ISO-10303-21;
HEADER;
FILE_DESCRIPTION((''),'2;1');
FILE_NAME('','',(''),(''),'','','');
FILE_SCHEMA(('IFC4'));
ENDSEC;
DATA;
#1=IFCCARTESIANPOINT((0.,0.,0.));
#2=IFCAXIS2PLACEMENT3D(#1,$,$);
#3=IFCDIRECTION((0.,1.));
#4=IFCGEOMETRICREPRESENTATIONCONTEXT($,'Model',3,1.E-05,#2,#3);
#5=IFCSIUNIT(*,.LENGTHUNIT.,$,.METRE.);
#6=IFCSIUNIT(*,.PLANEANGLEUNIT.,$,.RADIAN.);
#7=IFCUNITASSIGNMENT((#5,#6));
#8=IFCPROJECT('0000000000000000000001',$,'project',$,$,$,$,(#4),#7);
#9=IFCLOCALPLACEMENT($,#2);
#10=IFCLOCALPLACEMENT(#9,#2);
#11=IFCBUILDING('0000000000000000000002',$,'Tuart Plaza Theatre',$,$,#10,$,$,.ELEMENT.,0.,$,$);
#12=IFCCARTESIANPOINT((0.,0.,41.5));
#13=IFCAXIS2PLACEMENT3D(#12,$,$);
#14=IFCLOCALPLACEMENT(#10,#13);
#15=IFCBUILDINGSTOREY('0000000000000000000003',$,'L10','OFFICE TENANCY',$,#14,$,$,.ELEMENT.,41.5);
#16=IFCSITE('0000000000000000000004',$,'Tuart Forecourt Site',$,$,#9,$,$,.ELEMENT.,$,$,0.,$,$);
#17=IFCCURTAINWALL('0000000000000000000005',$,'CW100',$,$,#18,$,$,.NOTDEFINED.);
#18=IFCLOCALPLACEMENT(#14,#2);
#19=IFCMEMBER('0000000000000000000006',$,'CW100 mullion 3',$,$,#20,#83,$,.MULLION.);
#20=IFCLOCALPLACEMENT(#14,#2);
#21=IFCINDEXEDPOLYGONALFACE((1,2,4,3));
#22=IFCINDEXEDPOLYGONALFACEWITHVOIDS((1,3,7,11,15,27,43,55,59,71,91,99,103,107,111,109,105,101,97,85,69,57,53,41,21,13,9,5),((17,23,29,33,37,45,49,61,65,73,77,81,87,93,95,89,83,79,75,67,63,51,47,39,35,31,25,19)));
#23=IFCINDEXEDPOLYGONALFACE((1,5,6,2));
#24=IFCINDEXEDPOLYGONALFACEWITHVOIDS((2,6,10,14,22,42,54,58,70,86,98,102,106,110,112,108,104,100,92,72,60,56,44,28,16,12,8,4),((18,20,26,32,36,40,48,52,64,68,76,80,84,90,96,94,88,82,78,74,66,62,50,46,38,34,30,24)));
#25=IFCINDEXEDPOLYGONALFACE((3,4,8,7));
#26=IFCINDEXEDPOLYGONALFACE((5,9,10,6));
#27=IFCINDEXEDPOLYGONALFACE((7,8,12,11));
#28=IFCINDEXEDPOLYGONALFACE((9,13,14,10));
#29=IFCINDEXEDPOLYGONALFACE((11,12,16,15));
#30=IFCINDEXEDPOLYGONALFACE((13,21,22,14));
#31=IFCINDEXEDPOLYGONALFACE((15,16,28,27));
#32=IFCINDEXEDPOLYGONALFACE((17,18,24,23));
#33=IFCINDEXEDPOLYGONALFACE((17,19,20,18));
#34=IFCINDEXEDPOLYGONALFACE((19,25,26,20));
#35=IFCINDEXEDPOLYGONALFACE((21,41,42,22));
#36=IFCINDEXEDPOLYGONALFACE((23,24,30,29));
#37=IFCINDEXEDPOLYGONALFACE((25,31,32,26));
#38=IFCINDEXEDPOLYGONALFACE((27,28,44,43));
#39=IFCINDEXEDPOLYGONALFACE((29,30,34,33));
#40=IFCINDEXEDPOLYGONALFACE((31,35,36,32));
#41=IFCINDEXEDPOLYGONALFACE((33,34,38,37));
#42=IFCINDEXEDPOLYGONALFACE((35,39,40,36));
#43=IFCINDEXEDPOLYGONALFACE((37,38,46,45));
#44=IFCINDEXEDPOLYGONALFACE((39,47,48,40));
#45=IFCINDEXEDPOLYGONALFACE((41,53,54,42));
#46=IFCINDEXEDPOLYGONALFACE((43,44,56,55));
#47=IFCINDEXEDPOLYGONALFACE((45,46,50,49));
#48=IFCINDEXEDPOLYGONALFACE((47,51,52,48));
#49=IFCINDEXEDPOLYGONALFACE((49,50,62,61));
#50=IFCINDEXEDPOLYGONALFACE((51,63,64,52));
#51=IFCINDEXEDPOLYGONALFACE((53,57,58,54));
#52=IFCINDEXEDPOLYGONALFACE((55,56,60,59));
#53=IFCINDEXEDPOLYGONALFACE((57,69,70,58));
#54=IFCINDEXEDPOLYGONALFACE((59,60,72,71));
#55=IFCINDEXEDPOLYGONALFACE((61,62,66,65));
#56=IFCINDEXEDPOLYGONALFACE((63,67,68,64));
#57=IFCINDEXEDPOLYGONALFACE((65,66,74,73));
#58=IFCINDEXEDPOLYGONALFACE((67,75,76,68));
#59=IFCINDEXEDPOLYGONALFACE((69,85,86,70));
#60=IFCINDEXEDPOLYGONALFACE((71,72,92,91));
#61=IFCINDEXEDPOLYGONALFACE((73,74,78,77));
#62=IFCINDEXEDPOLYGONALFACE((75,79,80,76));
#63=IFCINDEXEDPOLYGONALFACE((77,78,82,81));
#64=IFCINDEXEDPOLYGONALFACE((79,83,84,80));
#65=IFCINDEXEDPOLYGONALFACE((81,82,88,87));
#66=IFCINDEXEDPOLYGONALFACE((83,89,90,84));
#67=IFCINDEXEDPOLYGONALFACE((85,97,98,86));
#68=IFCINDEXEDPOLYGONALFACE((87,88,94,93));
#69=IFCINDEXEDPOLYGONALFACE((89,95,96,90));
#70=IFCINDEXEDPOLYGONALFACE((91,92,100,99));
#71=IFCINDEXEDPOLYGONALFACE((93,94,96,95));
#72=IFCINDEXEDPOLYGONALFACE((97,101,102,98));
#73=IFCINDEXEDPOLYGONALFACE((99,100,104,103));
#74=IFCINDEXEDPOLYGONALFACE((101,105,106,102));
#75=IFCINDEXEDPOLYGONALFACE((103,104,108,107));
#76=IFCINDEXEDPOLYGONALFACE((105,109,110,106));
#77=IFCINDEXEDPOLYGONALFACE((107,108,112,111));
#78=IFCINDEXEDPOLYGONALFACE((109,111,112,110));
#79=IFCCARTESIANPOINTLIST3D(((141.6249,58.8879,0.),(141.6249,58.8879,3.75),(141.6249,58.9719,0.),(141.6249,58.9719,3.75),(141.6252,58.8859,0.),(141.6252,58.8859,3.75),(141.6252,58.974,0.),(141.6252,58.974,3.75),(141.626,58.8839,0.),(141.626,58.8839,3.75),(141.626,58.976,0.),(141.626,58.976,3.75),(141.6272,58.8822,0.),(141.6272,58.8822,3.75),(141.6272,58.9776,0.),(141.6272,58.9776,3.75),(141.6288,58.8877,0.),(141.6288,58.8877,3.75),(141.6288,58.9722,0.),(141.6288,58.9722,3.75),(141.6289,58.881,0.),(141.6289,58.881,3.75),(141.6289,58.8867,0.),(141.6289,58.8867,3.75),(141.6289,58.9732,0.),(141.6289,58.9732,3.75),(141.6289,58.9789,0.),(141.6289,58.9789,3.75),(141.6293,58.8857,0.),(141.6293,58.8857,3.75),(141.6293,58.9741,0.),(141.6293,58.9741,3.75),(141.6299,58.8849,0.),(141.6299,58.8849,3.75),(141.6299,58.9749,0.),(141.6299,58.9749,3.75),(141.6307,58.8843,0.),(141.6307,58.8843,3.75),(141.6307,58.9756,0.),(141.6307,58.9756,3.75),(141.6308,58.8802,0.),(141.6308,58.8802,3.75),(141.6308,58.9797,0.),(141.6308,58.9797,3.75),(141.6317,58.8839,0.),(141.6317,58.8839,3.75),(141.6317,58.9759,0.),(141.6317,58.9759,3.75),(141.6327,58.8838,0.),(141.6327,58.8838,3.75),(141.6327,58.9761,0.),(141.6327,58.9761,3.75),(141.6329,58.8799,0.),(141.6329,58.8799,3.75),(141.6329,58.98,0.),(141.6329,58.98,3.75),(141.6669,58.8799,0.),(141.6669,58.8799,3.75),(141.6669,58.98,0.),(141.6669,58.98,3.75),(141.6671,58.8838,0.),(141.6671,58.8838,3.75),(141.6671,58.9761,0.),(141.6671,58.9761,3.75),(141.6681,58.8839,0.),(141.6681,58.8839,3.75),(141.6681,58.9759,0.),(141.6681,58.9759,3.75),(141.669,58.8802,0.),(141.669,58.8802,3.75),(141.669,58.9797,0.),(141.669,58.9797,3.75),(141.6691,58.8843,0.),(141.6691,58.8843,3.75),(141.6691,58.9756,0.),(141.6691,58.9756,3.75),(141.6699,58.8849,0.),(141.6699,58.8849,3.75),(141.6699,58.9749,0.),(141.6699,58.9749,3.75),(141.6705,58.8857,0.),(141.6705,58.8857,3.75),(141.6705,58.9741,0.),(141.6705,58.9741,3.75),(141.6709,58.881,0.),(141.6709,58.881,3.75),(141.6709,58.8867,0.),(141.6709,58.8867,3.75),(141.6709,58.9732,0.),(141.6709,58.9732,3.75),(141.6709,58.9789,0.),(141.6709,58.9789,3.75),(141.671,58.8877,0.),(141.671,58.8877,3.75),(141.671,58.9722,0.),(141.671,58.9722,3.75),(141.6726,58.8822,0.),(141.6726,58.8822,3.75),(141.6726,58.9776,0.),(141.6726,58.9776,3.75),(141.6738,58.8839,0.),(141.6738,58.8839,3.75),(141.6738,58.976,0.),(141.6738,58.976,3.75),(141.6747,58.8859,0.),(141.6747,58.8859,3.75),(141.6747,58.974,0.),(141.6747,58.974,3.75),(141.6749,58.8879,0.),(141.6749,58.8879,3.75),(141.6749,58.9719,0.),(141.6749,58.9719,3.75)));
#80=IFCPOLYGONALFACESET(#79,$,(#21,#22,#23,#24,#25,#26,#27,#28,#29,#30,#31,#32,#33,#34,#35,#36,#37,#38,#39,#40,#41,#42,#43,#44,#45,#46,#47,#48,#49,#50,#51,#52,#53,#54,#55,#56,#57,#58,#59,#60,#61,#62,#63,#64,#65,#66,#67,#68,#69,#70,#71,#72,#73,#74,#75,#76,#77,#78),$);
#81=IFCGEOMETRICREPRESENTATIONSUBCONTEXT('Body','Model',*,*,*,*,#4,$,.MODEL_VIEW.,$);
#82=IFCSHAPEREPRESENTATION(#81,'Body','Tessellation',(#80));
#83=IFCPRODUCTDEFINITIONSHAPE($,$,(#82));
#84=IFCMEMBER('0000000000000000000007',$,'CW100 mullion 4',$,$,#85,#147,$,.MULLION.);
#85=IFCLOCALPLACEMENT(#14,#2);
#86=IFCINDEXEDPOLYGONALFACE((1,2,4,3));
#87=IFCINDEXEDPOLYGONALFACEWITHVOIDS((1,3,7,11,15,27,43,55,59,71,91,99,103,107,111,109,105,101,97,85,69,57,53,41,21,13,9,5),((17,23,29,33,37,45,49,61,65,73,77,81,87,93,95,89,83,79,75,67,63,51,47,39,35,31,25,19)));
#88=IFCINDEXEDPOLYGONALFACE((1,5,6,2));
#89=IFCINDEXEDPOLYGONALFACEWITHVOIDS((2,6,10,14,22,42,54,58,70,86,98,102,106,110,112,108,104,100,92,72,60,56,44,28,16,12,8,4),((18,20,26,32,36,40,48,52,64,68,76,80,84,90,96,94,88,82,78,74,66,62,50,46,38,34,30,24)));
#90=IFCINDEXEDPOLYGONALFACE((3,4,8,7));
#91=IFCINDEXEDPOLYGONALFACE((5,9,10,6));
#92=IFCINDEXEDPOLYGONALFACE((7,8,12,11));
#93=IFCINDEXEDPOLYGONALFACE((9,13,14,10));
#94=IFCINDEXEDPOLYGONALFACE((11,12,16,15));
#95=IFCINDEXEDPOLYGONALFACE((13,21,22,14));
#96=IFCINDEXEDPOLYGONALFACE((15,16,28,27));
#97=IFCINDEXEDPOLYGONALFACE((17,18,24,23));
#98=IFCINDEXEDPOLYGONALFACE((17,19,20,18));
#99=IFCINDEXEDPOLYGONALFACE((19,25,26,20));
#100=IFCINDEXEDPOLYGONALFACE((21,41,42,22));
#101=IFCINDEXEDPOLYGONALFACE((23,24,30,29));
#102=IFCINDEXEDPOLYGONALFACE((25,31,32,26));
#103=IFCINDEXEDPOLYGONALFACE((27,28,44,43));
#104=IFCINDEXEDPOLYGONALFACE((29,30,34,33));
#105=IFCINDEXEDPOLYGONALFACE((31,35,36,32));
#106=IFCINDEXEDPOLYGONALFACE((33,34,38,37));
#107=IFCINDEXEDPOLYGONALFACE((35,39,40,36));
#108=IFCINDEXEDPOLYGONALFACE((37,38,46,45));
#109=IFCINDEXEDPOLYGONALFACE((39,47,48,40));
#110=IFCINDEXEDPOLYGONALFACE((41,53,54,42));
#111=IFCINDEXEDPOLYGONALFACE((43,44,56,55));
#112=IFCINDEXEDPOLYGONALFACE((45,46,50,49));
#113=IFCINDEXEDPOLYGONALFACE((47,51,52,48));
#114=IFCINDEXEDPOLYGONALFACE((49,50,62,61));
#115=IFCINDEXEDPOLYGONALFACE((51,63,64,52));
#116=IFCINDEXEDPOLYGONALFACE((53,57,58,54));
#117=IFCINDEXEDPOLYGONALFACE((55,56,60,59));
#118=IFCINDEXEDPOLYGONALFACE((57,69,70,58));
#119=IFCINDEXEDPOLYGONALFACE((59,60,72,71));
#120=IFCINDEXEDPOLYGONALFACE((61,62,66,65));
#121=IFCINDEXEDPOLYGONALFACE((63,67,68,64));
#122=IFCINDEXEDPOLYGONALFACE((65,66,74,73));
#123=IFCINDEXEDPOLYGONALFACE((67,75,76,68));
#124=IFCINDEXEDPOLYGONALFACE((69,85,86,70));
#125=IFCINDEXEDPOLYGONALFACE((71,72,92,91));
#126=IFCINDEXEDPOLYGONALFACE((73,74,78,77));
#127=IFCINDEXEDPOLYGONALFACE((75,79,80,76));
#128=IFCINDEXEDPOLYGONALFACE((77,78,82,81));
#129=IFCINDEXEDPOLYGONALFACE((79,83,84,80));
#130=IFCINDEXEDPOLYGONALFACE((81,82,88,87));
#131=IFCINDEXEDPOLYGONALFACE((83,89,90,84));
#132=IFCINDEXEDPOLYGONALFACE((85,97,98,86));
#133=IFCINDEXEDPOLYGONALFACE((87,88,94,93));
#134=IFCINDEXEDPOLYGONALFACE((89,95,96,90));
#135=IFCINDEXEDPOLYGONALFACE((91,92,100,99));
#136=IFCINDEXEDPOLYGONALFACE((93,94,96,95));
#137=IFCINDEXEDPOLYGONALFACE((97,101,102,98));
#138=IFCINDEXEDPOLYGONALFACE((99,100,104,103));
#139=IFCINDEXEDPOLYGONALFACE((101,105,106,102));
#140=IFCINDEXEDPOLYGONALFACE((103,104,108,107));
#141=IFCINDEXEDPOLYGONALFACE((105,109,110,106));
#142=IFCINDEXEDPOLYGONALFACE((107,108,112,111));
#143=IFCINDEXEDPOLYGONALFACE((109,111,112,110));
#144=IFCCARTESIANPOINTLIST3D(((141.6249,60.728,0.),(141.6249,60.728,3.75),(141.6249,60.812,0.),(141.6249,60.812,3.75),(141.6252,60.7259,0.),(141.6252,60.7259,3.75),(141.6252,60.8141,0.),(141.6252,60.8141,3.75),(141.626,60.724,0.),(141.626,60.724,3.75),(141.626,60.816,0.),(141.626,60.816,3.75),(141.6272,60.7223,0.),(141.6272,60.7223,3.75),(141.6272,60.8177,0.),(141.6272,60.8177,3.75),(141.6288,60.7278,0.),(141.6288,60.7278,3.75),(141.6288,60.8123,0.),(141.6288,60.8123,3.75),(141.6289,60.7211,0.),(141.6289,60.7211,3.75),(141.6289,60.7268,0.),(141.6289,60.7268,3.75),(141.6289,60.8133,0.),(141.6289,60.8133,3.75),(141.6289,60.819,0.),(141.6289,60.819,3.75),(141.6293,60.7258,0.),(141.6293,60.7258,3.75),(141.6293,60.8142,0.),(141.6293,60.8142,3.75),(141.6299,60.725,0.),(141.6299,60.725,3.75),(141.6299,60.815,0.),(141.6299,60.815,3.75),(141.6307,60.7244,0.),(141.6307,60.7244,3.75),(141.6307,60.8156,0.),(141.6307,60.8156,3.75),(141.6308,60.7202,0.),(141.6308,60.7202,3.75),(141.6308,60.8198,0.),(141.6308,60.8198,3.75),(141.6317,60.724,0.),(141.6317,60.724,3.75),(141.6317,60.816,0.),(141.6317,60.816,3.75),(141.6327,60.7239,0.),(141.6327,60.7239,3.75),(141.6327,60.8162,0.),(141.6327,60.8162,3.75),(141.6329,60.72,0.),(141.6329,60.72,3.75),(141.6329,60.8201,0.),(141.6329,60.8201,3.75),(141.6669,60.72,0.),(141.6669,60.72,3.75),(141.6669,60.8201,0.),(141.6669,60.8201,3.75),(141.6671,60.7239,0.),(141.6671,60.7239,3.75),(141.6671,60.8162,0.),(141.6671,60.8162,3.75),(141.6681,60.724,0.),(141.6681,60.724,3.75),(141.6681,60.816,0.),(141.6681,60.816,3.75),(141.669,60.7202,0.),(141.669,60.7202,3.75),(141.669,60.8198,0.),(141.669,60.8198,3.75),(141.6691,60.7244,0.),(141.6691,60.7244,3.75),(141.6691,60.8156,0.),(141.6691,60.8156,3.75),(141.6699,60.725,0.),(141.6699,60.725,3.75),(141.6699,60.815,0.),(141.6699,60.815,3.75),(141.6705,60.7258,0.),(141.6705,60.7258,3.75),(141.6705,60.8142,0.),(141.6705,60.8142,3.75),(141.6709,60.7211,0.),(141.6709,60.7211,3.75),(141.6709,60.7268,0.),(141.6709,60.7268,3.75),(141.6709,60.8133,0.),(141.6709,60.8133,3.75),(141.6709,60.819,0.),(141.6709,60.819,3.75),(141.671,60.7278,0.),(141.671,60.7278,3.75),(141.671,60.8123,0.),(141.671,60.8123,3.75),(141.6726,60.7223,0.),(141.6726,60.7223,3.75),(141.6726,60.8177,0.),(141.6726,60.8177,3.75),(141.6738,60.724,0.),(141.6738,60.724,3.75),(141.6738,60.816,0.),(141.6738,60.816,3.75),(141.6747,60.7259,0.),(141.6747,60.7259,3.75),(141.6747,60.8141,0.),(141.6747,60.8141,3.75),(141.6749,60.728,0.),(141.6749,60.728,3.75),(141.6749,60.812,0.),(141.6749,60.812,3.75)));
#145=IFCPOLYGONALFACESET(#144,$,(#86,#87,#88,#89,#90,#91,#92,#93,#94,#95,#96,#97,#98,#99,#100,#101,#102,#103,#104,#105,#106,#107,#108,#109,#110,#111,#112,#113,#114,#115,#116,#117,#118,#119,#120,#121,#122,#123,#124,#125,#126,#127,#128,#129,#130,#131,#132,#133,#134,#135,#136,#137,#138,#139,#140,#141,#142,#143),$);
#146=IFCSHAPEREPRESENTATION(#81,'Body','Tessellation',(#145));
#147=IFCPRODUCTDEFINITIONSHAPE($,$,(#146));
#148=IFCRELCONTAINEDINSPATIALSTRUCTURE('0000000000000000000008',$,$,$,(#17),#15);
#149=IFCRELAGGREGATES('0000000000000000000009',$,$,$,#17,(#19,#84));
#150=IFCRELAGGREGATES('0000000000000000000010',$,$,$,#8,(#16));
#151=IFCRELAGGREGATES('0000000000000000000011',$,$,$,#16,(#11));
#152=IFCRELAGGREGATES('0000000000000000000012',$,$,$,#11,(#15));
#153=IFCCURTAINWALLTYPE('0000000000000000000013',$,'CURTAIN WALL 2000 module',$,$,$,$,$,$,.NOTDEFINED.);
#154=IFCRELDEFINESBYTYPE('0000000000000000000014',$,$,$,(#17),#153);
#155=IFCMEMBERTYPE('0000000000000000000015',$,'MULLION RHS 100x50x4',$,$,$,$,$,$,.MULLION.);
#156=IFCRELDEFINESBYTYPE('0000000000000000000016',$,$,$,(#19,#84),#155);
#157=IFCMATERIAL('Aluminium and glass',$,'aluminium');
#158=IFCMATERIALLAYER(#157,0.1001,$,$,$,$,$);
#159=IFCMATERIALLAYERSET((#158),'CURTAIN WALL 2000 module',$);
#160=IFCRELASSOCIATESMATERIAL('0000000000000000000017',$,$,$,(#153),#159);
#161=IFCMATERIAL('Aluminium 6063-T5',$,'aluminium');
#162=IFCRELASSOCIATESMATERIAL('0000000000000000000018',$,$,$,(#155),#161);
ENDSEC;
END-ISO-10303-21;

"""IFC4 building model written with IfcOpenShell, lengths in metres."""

from ifc_helpers import new_model, si_unit, direction, frame, origin, origin_2d, place, context, subcontext, project, spatial, hollow_rectangle, extrude, material, layer, layer_set, material_profile, profile_set, type_object, element, aggregate, save


model = new_model("IFC4")

# Units and contexts
model_context = context("Model", 3, precision=1e-05, world=origin(), true_north=direction((0.0, 1.0)))
body_context = subcontext(model_context, "Body", "Model", "MODEL_VIEW")
ifc_project = project(units=[si_unit("LENGTHUNIT", "METRE"), si_unit("PLANEANGLEUNIT", "RADIAN")], contexts=[model_context])

# Site, building, storey
site_placement = place(None, origin())
site = spatial("IfcSite", under=ifc_project, at=site_placement, Name="Tuart Forecourt Site", CompositionType="ELEMENT", RefElevation=0.0)
building_placement = place(site_placement, origin())
building = spatial("IfcBuilding", under=site, at=building_placement, Name="Tuart Plaza Theatre", CompositionType="ELEMENT", ElevationOfRefHeight=0.0)
storey_placement = place(building_placement, frame((0.0, 0.0, 41.5)))
storey = spatial("IfcBuildingStorey", under=building, at=storey_placement, Name="L10", Description="OFFICE TENANCY", CompositionType="ELEMENT", Elevation=41.5)

# Curtain wall, members
ifc_material_1 = material(Name="Aluminium and glass", Category="aluminium")
ifc_layer_1 = layer(ifc_material_1, 0.1001)
ifc_layer_set_1 = layer_set([ifc_layer_1], Name="CURTAIN WALL 2000 module")
curtain_wall_type = type_object("IfcCurtainWallType", Name="CURTAIN WALL 2000 module", PredefinedType="NOTDEFINED", material=ifc_layer_set_1)
curtain_wall_1_placement = place(storey_placement, origin())
curtain_wall_1 = element("IfcCurtainWall", 1, at=curtain_wall_1_placement, inside=storey, type_object=curtain_wall_type, Name="CW100", PredefinedType="NOTDEFINED")
ifc_material_2 = material(Name="Aluminium 6063-T5", Category="aluminium")
ifc_material_profile_1 = material_profile(ifc_material_2, hollow_rectangle(XDim=0.05, YDim=0.1001, WallThickness=0.0039, InnerFilletRadius=0.0039, OuterFilletRadius=0.0081, at=origin_2d()), Name="RHS 100x50x4")
ifc_profile_set_1 = profile_set([ifc_material_profile_1], Name="Aluminium 6063-T5")
member_type_1 = type_object("IfcMemberType", Name="MULLION RHS 100x50x4", PredefinedType="MULLION", material=ifc_profile_set_1)
member_1_placement = place(storey_placement, frame((141.6499, 58.9299, 0.0), z_axis=(0.0, 0.0, 1.0), x_axis=(-1.0, 0.0, 0.0)))
member_1 = element("IfcMember", 2, at=member_1_placement, type_object=member_type_1, Name="CW100 mullion 3", PredefinedType="MULLION", context=body_context, shape_type="SweptSolid", body=[
    extrude(hollow_rectangle(XDim=0.05, YDim=0.1001, WallThickness=0.0039, InnerFilletRadius=0.0039, OuterFilletRadius=0.0081, at=origin_2d()), origin(), (0.0, 0.0, 1.0), 3.75),
])
member_2_placement = place(storey_placement, frame((141.6499, 60.77, 0.0), z_axis=(0.0, 0.0, 1.0), x_axis=(-1.0, 0.0, 0.0)))
member_2 = element("IfcMember", 3, at=member_2_placement, type_object=member_type_1, Name="CW100 mullion 4", PredefinedType="MULLION", context=body_context, shape_type="SweptSolid", body=[
    extrude(hollow_rectangle(XDim=0.05, YDim=0.1001, WallThickness=0.0039, InnerFilletRadius=0.0039, OuterFilletRadius=0.0081, at=origin_2d()), origin(), (0.0, 0.0, 1.0), 3.75),
])

aggregate(curtain_wall_1, [member_1, member_2])

save(model, "model.ifc")
